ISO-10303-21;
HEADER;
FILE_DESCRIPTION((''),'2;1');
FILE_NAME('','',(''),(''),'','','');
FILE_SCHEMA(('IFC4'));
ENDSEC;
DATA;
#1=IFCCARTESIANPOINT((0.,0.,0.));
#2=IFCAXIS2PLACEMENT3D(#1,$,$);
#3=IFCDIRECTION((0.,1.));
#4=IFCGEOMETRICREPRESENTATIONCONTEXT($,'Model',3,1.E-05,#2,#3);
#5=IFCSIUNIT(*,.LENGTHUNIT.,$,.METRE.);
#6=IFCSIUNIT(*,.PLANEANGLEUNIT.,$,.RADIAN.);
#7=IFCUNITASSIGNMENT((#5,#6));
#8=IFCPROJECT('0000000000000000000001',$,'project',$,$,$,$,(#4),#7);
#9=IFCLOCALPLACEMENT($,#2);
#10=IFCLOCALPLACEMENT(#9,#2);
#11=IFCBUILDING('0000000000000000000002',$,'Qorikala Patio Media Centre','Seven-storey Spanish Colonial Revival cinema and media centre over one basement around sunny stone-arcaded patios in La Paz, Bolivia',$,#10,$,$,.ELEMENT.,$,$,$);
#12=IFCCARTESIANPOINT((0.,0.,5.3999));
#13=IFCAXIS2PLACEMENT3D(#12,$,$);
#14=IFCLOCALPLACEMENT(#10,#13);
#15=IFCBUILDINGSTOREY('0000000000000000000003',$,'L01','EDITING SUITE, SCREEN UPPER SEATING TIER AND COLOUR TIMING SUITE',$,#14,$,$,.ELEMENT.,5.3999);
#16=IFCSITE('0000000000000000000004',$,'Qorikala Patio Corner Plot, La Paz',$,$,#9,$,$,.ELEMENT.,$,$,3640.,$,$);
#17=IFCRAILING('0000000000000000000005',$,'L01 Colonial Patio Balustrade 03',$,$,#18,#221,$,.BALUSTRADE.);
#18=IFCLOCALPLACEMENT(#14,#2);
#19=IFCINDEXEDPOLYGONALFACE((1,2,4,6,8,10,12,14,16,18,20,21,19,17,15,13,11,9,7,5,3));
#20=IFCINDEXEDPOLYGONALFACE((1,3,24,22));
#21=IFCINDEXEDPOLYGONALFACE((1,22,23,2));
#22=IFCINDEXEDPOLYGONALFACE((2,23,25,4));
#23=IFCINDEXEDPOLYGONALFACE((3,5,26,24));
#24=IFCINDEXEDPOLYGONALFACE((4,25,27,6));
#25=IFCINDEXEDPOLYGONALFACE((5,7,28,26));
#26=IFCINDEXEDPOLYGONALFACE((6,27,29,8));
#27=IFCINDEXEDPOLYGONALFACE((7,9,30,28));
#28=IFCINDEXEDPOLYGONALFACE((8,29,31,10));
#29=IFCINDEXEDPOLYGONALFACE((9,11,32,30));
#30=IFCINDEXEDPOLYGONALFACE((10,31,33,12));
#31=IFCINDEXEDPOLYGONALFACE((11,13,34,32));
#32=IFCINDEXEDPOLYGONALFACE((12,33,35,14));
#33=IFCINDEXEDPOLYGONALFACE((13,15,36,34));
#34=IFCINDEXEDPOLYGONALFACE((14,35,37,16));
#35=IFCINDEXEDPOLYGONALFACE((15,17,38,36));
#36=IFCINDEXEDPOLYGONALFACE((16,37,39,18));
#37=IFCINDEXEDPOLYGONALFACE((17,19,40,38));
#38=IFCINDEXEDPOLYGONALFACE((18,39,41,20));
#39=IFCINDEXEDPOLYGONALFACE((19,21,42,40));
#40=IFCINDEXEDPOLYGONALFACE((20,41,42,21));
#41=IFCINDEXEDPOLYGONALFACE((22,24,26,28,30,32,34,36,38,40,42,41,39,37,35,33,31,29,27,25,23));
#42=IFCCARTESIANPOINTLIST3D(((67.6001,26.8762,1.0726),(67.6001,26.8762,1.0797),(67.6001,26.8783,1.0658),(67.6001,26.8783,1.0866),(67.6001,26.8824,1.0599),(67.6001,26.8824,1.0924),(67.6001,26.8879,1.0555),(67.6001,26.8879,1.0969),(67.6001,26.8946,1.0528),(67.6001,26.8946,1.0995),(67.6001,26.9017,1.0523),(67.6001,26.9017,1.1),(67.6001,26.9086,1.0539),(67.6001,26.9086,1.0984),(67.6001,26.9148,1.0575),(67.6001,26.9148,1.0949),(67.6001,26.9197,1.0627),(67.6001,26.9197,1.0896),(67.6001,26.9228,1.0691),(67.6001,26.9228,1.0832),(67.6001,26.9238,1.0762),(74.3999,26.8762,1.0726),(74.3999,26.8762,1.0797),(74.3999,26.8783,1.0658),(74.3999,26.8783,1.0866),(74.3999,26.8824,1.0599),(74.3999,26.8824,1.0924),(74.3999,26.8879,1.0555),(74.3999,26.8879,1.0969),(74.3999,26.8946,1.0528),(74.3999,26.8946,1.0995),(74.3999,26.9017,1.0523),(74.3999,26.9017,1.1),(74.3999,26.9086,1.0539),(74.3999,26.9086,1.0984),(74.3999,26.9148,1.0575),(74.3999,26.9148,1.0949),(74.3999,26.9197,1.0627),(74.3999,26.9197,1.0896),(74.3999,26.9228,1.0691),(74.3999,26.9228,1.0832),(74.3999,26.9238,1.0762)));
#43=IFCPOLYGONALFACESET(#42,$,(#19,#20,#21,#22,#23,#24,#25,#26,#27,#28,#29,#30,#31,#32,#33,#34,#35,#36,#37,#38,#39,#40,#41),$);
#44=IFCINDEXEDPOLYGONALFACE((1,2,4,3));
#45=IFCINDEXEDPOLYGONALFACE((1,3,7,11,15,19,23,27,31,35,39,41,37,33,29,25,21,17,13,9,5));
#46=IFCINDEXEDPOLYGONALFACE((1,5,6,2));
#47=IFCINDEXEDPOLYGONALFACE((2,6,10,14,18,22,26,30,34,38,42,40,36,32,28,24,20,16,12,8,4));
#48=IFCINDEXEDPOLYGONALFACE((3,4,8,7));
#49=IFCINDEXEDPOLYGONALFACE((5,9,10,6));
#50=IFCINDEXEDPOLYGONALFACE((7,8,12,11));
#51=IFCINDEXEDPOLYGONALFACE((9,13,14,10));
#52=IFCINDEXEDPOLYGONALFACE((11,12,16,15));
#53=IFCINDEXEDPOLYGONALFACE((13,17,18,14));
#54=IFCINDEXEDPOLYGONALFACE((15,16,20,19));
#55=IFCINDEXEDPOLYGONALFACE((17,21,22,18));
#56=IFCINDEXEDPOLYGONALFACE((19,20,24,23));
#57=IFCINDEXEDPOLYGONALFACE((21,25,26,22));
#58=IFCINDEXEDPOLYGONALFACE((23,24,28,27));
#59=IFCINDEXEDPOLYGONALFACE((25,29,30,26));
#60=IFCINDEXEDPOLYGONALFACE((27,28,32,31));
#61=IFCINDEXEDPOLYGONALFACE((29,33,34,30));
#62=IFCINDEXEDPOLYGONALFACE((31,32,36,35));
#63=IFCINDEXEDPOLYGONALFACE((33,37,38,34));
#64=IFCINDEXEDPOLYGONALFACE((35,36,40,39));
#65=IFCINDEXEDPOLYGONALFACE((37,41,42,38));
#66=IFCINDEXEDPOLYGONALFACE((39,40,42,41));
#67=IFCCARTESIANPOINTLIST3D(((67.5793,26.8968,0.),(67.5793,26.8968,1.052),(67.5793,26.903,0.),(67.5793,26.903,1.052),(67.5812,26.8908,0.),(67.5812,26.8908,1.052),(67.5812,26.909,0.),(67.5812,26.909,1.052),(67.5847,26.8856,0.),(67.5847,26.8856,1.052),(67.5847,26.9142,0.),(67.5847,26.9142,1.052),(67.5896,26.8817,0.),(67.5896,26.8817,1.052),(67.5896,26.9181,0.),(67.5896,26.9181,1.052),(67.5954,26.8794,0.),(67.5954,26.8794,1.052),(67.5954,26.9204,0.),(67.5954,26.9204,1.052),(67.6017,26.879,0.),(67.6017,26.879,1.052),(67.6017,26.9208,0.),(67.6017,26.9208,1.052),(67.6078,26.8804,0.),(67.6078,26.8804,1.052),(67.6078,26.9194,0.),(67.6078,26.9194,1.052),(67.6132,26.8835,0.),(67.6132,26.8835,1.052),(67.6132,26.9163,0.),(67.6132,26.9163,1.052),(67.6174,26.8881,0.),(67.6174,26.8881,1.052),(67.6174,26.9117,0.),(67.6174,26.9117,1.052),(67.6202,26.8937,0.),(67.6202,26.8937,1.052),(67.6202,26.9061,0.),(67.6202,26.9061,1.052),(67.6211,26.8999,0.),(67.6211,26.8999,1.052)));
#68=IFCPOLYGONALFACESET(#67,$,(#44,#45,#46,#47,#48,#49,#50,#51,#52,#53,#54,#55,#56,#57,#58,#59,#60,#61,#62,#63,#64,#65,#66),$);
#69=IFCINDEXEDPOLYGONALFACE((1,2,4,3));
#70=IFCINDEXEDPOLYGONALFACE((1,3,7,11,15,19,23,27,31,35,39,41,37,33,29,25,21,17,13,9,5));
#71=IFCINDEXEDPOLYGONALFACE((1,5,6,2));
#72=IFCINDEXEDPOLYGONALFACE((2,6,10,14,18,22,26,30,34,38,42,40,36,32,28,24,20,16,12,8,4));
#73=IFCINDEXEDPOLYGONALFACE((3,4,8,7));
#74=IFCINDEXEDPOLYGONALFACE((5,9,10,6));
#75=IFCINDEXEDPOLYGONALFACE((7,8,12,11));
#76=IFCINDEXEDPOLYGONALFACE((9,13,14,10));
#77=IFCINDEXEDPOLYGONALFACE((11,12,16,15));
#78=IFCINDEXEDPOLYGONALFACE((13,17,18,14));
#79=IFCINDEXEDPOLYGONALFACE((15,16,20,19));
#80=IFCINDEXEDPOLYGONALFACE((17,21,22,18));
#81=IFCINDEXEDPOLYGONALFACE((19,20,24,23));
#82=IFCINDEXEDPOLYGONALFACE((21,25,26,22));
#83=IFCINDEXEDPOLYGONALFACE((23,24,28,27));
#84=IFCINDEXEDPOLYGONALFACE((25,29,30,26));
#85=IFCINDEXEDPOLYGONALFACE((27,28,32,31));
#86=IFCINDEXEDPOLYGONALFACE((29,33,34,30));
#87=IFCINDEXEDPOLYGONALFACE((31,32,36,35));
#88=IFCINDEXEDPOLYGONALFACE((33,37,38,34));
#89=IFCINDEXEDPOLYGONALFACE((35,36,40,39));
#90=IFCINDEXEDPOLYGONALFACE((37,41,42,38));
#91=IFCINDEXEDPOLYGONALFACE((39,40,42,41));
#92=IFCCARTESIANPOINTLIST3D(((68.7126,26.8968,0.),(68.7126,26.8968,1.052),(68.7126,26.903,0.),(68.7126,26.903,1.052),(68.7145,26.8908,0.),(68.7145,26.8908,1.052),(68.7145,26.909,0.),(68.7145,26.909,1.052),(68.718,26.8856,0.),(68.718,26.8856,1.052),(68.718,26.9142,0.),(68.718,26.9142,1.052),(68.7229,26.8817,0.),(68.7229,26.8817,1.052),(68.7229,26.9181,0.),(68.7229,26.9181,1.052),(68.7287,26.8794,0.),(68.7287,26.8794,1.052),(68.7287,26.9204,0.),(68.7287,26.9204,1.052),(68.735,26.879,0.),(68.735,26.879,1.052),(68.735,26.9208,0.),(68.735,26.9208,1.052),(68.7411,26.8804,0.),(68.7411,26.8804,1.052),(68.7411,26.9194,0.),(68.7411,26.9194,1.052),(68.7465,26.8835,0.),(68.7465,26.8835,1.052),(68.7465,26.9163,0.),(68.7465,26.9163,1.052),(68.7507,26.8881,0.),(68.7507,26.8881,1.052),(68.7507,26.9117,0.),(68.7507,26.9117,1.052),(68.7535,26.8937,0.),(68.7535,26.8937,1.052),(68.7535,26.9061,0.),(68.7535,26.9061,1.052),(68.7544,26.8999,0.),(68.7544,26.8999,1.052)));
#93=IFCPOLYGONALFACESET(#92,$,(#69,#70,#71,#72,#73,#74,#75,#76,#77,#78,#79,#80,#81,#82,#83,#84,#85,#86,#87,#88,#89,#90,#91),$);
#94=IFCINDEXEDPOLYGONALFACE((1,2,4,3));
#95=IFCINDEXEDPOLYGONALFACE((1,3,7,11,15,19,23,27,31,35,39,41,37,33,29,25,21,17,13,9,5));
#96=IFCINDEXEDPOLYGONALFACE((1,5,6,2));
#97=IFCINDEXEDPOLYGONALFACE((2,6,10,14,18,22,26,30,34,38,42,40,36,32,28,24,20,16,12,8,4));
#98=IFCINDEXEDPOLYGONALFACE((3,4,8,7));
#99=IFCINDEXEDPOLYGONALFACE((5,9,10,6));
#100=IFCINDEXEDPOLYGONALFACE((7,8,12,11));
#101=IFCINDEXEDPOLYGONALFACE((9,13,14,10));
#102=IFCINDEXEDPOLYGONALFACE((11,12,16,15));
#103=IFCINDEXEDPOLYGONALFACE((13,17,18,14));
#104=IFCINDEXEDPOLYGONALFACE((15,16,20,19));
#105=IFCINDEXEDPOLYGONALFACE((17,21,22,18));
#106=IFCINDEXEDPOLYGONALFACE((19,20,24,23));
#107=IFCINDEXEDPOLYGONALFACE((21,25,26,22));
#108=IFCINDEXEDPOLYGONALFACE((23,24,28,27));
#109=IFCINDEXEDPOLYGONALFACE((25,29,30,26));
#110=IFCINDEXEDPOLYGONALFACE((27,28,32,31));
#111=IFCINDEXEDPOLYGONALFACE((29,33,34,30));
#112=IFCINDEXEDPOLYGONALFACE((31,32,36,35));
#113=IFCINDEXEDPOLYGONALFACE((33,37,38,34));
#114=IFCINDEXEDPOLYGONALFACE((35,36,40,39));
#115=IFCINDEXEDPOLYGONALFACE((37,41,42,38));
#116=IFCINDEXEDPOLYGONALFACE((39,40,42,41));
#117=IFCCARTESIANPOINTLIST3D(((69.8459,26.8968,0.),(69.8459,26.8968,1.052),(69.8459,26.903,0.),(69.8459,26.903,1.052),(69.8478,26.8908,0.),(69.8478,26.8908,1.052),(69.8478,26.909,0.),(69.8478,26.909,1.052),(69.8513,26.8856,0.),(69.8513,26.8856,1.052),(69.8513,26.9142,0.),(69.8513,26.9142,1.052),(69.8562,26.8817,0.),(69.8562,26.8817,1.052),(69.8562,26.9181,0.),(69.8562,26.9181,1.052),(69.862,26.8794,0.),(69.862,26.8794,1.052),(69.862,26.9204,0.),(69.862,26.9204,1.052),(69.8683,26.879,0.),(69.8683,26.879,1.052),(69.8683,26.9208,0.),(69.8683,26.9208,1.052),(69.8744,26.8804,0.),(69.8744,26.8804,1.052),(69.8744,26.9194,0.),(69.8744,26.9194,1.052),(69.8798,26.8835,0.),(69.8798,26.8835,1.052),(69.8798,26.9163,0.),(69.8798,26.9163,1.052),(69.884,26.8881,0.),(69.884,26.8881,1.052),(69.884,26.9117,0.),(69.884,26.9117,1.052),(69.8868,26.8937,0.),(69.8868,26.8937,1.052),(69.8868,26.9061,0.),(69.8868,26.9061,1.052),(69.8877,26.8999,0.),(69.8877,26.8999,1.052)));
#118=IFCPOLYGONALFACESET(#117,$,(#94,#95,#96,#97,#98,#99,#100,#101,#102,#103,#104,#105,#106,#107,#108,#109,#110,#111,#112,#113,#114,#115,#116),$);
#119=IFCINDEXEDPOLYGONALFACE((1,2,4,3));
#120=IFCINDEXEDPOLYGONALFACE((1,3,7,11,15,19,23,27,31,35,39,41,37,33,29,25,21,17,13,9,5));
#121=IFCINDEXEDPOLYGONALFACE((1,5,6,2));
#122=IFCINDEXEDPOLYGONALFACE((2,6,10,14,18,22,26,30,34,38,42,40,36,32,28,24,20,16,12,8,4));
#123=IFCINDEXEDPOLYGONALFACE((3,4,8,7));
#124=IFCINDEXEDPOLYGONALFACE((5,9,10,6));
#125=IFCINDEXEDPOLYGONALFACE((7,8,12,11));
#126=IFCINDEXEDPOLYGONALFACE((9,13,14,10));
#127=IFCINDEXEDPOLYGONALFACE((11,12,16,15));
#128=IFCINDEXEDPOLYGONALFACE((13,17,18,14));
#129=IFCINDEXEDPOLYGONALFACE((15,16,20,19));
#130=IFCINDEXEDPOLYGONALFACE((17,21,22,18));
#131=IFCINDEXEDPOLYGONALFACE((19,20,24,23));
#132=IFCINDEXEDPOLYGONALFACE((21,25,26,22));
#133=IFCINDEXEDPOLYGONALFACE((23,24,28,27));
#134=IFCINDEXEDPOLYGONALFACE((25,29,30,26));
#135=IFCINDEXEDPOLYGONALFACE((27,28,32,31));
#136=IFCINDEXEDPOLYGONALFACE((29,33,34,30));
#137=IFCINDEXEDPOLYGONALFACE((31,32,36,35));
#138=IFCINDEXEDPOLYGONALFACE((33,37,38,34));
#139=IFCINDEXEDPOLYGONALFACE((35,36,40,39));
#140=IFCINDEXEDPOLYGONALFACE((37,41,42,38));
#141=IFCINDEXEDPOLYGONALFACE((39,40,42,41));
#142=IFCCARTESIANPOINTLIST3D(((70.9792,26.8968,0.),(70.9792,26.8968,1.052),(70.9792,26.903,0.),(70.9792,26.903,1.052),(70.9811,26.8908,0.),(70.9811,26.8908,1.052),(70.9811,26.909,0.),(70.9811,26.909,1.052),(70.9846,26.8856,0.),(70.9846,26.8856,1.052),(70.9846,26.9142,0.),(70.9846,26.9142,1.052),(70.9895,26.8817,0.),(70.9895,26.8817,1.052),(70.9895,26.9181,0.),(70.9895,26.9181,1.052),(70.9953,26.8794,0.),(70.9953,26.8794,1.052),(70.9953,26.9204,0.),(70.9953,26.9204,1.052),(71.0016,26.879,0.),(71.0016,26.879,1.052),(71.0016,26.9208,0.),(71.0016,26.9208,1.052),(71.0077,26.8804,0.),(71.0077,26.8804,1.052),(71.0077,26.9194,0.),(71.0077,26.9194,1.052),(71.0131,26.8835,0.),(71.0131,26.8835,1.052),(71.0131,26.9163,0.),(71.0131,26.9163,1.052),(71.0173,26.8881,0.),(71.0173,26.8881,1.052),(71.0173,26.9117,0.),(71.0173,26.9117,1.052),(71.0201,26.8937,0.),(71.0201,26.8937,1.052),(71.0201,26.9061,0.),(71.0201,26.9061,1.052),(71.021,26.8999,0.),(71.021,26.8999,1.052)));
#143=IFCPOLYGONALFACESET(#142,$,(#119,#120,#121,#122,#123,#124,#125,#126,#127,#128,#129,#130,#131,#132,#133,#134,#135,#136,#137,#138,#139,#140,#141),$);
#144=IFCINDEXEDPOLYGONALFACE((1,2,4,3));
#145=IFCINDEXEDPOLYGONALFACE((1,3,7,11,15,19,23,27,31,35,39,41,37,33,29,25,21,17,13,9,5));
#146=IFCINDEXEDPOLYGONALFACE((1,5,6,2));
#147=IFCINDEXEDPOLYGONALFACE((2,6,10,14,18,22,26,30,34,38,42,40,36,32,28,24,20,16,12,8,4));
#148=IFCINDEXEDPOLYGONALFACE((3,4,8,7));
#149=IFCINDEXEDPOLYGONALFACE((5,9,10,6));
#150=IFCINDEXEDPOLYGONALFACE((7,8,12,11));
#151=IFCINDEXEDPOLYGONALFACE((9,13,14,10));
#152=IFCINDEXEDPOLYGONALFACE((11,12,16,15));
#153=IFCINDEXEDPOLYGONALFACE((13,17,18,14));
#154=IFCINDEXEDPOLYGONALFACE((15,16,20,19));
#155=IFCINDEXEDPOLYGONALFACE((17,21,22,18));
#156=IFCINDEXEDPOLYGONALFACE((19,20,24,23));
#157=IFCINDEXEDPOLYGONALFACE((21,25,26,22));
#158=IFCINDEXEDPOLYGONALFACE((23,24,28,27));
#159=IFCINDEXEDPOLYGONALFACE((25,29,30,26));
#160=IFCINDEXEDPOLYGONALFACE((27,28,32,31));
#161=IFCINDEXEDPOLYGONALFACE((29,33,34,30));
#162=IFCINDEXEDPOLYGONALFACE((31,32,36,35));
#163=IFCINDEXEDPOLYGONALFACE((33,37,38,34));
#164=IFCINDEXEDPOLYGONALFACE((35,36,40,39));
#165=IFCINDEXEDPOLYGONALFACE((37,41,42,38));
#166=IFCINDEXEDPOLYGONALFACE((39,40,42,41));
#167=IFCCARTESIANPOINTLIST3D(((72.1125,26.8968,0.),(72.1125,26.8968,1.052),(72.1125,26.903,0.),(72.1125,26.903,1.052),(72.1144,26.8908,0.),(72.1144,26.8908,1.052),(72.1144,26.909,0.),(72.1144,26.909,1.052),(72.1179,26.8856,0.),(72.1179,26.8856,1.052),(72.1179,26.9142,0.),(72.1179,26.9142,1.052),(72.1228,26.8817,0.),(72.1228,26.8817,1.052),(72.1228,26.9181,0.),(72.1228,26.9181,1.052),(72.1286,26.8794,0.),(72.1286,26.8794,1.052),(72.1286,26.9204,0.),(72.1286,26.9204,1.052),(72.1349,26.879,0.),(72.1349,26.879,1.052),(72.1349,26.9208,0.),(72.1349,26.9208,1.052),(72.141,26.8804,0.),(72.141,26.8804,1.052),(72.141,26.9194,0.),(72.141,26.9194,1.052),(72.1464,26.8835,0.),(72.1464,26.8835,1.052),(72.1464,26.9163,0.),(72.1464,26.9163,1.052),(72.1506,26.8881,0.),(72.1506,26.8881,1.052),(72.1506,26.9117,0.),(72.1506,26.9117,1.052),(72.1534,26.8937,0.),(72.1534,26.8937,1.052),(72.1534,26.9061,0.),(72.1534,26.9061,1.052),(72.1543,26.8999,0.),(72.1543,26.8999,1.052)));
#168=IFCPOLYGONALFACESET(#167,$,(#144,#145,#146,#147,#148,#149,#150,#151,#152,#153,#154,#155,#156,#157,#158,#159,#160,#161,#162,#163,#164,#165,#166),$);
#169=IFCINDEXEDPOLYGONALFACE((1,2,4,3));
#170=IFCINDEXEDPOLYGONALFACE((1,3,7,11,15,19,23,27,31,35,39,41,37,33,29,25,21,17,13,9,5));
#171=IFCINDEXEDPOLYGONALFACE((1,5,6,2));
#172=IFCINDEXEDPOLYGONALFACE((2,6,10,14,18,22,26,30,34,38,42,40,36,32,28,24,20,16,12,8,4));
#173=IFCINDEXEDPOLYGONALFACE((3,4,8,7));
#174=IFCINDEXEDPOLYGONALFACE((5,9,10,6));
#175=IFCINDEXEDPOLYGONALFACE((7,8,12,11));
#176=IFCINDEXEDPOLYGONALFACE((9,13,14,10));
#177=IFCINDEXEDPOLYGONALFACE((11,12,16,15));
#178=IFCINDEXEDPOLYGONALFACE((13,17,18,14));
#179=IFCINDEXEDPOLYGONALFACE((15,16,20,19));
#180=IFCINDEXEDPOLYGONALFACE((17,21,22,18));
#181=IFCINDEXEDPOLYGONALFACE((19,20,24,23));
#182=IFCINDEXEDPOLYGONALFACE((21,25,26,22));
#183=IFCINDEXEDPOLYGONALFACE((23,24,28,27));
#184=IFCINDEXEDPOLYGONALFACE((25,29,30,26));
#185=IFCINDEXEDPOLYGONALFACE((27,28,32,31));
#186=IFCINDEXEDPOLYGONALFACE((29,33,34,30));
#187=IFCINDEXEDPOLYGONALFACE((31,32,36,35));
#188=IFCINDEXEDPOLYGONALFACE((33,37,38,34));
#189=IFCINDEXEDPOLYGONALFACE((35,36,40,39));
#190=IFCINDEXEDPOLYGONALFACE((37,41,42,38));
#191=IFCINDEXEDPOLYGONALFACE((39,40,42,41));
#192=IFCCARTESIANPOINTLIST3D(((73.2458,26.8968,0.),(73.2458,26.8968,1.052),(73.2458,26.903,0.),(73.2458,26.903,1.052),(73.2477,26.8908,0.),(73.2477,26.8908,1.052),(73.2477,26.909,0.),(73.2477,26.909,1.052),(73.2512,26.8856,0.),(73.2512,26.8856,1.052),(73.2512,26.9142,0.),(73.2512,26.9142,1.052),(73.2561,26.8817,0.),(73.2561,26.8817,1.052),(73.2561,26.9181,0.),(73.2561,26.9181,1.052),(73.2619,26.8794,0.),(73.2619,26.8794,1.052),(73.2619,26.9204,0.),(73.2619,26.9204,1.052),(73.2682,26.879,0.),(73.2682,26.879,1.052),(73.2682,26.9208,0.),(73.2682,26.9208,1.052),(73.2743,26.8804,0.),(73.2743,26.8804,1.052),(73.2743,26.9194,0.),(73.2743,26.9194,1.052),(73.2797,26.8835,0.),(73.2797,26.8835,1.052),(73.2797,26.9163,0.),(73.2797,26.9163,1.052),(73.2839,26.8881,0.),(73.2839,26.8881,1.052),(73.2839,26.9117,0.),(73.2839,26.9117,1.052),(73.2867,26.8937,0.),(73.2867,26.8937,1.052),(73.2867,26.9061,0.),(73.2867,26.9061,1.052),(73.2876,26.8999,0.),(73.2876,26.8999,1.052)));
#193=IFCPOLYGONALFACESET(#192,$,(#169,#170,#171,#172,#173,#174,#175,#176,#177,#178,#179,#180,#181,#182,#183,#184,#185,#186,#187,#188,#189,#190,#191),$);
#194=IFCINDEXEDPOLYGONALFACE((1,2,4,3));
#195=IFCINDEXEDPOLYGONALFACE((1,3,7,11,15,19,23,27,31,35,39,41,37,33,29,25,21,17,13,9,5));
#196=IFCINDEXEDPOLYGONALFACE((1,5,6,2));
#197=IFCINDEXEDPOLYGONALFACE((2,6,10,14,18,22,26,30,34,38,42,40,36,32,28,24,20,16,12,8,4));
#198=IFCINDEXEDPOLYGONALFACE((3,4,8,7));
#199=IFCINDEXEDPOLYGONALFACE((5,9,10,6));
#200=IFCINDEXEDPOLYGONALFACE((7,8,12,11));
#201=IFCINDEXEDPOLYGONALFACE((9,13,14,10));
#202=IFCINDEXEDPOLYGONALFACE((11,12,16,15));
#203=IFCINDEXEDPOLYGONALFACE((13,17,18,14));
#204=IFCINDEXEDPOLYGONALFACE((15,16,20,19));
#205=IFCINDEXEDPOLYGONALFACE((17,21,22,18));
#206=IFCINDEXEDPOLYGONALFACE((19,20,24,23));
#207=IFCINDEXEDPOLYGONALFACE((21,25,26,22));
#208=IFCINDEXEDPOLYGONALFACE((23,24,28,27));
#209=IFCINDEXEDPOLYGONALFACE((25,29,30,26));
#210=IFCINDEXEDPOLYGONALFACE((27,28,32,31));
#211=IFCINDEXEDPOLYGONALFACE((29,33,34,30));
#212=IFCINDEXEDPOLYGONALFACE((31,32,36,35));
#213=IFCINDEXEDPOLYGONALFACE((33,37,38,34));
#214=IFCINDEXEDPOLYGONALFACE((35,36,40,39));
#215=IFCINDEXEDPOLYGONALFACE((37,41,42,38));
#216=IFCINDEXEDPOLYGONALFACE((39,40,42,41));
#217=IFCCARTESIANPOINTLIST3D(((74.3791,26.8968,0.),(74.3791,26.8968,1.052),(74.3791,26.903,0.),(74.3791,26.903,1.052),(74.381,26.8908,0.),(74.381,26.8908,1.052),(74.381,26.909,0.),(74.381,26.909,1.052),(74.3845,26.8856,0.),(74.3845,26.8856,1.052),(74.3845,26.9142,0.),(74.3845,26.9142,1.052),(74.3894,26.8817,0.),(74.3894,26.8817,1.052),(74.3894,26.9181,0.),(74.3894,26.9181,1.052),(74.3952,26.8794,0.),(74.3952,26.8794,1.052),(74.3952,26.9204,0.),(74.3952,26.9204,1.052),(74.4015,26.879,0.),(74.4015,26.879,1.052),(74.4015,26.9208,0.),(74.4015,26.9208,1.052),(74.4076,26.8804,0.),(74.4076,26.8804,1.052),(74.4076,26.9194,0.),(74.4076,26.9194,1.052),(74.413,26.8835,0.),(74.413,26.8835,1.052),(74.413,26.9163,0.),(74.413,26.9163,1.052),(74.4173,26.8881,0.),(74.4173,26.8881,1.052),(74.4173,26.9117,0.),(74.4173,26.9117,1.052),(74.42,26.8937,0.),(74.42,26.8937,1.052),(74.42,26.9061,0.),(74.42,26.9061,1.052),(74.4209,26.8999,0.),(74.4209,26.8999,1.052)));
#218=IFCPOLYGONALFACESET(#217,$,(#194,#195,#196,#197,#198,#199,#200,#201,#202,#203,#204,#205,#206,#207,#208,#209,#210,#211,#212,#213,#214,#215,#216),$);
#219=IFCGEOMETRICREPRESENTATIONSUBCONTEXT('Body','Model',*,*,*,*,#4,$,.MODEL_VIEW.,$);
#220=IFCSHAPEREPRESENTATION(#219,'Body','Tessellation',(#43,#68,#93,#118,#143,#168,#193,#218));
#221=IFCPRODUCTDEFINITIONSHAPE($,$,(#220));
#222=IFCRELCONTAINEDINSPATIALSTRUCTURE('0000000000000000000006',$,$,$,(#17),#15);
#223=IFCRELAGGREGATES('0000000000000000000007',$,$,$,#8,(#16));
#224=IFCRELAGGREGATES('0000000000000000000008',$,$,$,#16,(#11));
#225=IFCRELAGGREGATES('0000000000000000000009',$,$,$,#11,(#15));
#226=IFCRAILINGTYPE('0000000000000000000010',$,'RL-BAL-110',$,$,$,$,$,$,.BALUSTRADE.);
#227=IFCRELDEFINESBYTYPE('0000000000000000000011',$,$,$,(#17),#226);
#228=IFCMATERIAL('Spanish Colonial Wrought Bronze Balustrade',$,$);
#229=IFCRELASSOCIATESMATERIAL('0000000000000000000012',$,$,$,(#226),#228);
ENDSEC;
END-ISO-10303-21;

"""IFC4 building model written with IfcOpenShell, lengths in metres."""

from ifc_helpers import new_model, si_unit, direction, frame, origin, origin_2d, place, context, subcontext, project, spatial, circle, extrude, material, type_object, element, save


model = new_model("IFC4")

# Units and contexts
model_context = context("Model", 3, precision=1e-05, world=origin(), true_north=direction((0.0, 1.0)))
body_context = subcontext(model_context, "Body", "Model", "MODEL_VIEW")
ifc_project = project(units=[si_unit("LENGTHUNIT", "METRE"), si_unit("PLANEANGLEUNIT", "RADIAN")], contexts=[model_context])

# Site, building, storey
site_placement = place(None, origin())
site = spatial("IfcSite", under=ifc_project, at=site_placement, Name="Qorikala Patio Corner Plot, La Paz", CompositionType="ELEMENT", RefElevation=3640.0)
building_placement = place(site_placement, origin())
building = spatial("IfcBuilding", under=site, at=building_placement, Name="Qorikala Patio Media Centre", Description="Seven-storey Spanish Colonial Revival cinema and media centre over one basement around sunny stone-arcaded patios in La Paz, Bolivia", CompositionType="ELEMENT")
storey_placement = place(building_placement, frame((0.0, 0.0, 5.3999)))
storey = spatial("IfcBuildingStorey", under=building, at=storey_placement, Name="L01", Description="EDITING SUITE, SCREEN UPPER SEATING TIER AND COLOUR TIMING SUITE", CompositionType="ELEMENT", Elevation=5.3999)

# Railing
ifc_material_1 = material(Name="Spanish Colonial Wrought Bronze Balustrade")
railing_type = type_object("IfcRailingType", Name="RL-BAL-110", PredefinedType="BALUSTRADE", material=ifc_material_1)
railing_placement = place(storey_placement, frame((67.6001, 26.8999, 0.0)))
element("IfcRailing", 1, at=railing_placement, inside=storey, type_object=railing_type, Name="L01 Colonial Patio Balustrade 03", PredefinedType="BALUSTRADE", context=body_context, shape_type="SweptSolid", body=[
    extrude(circle(Radius=0.0239, at=origin_2d()), frame((0.0, 0.0, 1.0762), z_axis=(1.0, 0.0, 0.0), x_axis=(0.0, 1.0, 0.0)), (0.0, 0.0, 1.0), 6.7998),
    extrude(circle(Radius=0.021, at=origin_2d()), origin(), (0.0, 0.0, 1.0), 1.052),
    extrude(circle(Radius=0.021, at=origin_2d()), frame((1.1333, 0.0, 0.0)), (0.0, 0.0, 1.0), 1.052),
    extrude(circle(Radius=0.021, at=origin_2d()), frame((2.2666, 0.0, 0.0)), (0.0, 0.0, 1.0), 1.052),
    extrude(circle(Radius=0.021, at=origin_2d()), frame((3.3999, 0.0, 0.0)), (0.0, 0.0, 1.0), 1.052),
    extrude(circle(Radius=0.021, at=origin_2d()), frame((4.5332, 0.0, 0.0)), (0.0, 0.0, 1.0), 1.052),
    extrude(circle(Radius=0.021, at=origin_2d()), frame((5.6665, 0.0, 0.0)), (0.0, 0.0, 1.0), 1.052),
    extrude(circle(Radius=0.021, at=origin_2d()), frame((6.7998, 0.0, 0.0)), (0.0, 0.0, 1.0), 1.052),
])

save(model, "model.ifc")
